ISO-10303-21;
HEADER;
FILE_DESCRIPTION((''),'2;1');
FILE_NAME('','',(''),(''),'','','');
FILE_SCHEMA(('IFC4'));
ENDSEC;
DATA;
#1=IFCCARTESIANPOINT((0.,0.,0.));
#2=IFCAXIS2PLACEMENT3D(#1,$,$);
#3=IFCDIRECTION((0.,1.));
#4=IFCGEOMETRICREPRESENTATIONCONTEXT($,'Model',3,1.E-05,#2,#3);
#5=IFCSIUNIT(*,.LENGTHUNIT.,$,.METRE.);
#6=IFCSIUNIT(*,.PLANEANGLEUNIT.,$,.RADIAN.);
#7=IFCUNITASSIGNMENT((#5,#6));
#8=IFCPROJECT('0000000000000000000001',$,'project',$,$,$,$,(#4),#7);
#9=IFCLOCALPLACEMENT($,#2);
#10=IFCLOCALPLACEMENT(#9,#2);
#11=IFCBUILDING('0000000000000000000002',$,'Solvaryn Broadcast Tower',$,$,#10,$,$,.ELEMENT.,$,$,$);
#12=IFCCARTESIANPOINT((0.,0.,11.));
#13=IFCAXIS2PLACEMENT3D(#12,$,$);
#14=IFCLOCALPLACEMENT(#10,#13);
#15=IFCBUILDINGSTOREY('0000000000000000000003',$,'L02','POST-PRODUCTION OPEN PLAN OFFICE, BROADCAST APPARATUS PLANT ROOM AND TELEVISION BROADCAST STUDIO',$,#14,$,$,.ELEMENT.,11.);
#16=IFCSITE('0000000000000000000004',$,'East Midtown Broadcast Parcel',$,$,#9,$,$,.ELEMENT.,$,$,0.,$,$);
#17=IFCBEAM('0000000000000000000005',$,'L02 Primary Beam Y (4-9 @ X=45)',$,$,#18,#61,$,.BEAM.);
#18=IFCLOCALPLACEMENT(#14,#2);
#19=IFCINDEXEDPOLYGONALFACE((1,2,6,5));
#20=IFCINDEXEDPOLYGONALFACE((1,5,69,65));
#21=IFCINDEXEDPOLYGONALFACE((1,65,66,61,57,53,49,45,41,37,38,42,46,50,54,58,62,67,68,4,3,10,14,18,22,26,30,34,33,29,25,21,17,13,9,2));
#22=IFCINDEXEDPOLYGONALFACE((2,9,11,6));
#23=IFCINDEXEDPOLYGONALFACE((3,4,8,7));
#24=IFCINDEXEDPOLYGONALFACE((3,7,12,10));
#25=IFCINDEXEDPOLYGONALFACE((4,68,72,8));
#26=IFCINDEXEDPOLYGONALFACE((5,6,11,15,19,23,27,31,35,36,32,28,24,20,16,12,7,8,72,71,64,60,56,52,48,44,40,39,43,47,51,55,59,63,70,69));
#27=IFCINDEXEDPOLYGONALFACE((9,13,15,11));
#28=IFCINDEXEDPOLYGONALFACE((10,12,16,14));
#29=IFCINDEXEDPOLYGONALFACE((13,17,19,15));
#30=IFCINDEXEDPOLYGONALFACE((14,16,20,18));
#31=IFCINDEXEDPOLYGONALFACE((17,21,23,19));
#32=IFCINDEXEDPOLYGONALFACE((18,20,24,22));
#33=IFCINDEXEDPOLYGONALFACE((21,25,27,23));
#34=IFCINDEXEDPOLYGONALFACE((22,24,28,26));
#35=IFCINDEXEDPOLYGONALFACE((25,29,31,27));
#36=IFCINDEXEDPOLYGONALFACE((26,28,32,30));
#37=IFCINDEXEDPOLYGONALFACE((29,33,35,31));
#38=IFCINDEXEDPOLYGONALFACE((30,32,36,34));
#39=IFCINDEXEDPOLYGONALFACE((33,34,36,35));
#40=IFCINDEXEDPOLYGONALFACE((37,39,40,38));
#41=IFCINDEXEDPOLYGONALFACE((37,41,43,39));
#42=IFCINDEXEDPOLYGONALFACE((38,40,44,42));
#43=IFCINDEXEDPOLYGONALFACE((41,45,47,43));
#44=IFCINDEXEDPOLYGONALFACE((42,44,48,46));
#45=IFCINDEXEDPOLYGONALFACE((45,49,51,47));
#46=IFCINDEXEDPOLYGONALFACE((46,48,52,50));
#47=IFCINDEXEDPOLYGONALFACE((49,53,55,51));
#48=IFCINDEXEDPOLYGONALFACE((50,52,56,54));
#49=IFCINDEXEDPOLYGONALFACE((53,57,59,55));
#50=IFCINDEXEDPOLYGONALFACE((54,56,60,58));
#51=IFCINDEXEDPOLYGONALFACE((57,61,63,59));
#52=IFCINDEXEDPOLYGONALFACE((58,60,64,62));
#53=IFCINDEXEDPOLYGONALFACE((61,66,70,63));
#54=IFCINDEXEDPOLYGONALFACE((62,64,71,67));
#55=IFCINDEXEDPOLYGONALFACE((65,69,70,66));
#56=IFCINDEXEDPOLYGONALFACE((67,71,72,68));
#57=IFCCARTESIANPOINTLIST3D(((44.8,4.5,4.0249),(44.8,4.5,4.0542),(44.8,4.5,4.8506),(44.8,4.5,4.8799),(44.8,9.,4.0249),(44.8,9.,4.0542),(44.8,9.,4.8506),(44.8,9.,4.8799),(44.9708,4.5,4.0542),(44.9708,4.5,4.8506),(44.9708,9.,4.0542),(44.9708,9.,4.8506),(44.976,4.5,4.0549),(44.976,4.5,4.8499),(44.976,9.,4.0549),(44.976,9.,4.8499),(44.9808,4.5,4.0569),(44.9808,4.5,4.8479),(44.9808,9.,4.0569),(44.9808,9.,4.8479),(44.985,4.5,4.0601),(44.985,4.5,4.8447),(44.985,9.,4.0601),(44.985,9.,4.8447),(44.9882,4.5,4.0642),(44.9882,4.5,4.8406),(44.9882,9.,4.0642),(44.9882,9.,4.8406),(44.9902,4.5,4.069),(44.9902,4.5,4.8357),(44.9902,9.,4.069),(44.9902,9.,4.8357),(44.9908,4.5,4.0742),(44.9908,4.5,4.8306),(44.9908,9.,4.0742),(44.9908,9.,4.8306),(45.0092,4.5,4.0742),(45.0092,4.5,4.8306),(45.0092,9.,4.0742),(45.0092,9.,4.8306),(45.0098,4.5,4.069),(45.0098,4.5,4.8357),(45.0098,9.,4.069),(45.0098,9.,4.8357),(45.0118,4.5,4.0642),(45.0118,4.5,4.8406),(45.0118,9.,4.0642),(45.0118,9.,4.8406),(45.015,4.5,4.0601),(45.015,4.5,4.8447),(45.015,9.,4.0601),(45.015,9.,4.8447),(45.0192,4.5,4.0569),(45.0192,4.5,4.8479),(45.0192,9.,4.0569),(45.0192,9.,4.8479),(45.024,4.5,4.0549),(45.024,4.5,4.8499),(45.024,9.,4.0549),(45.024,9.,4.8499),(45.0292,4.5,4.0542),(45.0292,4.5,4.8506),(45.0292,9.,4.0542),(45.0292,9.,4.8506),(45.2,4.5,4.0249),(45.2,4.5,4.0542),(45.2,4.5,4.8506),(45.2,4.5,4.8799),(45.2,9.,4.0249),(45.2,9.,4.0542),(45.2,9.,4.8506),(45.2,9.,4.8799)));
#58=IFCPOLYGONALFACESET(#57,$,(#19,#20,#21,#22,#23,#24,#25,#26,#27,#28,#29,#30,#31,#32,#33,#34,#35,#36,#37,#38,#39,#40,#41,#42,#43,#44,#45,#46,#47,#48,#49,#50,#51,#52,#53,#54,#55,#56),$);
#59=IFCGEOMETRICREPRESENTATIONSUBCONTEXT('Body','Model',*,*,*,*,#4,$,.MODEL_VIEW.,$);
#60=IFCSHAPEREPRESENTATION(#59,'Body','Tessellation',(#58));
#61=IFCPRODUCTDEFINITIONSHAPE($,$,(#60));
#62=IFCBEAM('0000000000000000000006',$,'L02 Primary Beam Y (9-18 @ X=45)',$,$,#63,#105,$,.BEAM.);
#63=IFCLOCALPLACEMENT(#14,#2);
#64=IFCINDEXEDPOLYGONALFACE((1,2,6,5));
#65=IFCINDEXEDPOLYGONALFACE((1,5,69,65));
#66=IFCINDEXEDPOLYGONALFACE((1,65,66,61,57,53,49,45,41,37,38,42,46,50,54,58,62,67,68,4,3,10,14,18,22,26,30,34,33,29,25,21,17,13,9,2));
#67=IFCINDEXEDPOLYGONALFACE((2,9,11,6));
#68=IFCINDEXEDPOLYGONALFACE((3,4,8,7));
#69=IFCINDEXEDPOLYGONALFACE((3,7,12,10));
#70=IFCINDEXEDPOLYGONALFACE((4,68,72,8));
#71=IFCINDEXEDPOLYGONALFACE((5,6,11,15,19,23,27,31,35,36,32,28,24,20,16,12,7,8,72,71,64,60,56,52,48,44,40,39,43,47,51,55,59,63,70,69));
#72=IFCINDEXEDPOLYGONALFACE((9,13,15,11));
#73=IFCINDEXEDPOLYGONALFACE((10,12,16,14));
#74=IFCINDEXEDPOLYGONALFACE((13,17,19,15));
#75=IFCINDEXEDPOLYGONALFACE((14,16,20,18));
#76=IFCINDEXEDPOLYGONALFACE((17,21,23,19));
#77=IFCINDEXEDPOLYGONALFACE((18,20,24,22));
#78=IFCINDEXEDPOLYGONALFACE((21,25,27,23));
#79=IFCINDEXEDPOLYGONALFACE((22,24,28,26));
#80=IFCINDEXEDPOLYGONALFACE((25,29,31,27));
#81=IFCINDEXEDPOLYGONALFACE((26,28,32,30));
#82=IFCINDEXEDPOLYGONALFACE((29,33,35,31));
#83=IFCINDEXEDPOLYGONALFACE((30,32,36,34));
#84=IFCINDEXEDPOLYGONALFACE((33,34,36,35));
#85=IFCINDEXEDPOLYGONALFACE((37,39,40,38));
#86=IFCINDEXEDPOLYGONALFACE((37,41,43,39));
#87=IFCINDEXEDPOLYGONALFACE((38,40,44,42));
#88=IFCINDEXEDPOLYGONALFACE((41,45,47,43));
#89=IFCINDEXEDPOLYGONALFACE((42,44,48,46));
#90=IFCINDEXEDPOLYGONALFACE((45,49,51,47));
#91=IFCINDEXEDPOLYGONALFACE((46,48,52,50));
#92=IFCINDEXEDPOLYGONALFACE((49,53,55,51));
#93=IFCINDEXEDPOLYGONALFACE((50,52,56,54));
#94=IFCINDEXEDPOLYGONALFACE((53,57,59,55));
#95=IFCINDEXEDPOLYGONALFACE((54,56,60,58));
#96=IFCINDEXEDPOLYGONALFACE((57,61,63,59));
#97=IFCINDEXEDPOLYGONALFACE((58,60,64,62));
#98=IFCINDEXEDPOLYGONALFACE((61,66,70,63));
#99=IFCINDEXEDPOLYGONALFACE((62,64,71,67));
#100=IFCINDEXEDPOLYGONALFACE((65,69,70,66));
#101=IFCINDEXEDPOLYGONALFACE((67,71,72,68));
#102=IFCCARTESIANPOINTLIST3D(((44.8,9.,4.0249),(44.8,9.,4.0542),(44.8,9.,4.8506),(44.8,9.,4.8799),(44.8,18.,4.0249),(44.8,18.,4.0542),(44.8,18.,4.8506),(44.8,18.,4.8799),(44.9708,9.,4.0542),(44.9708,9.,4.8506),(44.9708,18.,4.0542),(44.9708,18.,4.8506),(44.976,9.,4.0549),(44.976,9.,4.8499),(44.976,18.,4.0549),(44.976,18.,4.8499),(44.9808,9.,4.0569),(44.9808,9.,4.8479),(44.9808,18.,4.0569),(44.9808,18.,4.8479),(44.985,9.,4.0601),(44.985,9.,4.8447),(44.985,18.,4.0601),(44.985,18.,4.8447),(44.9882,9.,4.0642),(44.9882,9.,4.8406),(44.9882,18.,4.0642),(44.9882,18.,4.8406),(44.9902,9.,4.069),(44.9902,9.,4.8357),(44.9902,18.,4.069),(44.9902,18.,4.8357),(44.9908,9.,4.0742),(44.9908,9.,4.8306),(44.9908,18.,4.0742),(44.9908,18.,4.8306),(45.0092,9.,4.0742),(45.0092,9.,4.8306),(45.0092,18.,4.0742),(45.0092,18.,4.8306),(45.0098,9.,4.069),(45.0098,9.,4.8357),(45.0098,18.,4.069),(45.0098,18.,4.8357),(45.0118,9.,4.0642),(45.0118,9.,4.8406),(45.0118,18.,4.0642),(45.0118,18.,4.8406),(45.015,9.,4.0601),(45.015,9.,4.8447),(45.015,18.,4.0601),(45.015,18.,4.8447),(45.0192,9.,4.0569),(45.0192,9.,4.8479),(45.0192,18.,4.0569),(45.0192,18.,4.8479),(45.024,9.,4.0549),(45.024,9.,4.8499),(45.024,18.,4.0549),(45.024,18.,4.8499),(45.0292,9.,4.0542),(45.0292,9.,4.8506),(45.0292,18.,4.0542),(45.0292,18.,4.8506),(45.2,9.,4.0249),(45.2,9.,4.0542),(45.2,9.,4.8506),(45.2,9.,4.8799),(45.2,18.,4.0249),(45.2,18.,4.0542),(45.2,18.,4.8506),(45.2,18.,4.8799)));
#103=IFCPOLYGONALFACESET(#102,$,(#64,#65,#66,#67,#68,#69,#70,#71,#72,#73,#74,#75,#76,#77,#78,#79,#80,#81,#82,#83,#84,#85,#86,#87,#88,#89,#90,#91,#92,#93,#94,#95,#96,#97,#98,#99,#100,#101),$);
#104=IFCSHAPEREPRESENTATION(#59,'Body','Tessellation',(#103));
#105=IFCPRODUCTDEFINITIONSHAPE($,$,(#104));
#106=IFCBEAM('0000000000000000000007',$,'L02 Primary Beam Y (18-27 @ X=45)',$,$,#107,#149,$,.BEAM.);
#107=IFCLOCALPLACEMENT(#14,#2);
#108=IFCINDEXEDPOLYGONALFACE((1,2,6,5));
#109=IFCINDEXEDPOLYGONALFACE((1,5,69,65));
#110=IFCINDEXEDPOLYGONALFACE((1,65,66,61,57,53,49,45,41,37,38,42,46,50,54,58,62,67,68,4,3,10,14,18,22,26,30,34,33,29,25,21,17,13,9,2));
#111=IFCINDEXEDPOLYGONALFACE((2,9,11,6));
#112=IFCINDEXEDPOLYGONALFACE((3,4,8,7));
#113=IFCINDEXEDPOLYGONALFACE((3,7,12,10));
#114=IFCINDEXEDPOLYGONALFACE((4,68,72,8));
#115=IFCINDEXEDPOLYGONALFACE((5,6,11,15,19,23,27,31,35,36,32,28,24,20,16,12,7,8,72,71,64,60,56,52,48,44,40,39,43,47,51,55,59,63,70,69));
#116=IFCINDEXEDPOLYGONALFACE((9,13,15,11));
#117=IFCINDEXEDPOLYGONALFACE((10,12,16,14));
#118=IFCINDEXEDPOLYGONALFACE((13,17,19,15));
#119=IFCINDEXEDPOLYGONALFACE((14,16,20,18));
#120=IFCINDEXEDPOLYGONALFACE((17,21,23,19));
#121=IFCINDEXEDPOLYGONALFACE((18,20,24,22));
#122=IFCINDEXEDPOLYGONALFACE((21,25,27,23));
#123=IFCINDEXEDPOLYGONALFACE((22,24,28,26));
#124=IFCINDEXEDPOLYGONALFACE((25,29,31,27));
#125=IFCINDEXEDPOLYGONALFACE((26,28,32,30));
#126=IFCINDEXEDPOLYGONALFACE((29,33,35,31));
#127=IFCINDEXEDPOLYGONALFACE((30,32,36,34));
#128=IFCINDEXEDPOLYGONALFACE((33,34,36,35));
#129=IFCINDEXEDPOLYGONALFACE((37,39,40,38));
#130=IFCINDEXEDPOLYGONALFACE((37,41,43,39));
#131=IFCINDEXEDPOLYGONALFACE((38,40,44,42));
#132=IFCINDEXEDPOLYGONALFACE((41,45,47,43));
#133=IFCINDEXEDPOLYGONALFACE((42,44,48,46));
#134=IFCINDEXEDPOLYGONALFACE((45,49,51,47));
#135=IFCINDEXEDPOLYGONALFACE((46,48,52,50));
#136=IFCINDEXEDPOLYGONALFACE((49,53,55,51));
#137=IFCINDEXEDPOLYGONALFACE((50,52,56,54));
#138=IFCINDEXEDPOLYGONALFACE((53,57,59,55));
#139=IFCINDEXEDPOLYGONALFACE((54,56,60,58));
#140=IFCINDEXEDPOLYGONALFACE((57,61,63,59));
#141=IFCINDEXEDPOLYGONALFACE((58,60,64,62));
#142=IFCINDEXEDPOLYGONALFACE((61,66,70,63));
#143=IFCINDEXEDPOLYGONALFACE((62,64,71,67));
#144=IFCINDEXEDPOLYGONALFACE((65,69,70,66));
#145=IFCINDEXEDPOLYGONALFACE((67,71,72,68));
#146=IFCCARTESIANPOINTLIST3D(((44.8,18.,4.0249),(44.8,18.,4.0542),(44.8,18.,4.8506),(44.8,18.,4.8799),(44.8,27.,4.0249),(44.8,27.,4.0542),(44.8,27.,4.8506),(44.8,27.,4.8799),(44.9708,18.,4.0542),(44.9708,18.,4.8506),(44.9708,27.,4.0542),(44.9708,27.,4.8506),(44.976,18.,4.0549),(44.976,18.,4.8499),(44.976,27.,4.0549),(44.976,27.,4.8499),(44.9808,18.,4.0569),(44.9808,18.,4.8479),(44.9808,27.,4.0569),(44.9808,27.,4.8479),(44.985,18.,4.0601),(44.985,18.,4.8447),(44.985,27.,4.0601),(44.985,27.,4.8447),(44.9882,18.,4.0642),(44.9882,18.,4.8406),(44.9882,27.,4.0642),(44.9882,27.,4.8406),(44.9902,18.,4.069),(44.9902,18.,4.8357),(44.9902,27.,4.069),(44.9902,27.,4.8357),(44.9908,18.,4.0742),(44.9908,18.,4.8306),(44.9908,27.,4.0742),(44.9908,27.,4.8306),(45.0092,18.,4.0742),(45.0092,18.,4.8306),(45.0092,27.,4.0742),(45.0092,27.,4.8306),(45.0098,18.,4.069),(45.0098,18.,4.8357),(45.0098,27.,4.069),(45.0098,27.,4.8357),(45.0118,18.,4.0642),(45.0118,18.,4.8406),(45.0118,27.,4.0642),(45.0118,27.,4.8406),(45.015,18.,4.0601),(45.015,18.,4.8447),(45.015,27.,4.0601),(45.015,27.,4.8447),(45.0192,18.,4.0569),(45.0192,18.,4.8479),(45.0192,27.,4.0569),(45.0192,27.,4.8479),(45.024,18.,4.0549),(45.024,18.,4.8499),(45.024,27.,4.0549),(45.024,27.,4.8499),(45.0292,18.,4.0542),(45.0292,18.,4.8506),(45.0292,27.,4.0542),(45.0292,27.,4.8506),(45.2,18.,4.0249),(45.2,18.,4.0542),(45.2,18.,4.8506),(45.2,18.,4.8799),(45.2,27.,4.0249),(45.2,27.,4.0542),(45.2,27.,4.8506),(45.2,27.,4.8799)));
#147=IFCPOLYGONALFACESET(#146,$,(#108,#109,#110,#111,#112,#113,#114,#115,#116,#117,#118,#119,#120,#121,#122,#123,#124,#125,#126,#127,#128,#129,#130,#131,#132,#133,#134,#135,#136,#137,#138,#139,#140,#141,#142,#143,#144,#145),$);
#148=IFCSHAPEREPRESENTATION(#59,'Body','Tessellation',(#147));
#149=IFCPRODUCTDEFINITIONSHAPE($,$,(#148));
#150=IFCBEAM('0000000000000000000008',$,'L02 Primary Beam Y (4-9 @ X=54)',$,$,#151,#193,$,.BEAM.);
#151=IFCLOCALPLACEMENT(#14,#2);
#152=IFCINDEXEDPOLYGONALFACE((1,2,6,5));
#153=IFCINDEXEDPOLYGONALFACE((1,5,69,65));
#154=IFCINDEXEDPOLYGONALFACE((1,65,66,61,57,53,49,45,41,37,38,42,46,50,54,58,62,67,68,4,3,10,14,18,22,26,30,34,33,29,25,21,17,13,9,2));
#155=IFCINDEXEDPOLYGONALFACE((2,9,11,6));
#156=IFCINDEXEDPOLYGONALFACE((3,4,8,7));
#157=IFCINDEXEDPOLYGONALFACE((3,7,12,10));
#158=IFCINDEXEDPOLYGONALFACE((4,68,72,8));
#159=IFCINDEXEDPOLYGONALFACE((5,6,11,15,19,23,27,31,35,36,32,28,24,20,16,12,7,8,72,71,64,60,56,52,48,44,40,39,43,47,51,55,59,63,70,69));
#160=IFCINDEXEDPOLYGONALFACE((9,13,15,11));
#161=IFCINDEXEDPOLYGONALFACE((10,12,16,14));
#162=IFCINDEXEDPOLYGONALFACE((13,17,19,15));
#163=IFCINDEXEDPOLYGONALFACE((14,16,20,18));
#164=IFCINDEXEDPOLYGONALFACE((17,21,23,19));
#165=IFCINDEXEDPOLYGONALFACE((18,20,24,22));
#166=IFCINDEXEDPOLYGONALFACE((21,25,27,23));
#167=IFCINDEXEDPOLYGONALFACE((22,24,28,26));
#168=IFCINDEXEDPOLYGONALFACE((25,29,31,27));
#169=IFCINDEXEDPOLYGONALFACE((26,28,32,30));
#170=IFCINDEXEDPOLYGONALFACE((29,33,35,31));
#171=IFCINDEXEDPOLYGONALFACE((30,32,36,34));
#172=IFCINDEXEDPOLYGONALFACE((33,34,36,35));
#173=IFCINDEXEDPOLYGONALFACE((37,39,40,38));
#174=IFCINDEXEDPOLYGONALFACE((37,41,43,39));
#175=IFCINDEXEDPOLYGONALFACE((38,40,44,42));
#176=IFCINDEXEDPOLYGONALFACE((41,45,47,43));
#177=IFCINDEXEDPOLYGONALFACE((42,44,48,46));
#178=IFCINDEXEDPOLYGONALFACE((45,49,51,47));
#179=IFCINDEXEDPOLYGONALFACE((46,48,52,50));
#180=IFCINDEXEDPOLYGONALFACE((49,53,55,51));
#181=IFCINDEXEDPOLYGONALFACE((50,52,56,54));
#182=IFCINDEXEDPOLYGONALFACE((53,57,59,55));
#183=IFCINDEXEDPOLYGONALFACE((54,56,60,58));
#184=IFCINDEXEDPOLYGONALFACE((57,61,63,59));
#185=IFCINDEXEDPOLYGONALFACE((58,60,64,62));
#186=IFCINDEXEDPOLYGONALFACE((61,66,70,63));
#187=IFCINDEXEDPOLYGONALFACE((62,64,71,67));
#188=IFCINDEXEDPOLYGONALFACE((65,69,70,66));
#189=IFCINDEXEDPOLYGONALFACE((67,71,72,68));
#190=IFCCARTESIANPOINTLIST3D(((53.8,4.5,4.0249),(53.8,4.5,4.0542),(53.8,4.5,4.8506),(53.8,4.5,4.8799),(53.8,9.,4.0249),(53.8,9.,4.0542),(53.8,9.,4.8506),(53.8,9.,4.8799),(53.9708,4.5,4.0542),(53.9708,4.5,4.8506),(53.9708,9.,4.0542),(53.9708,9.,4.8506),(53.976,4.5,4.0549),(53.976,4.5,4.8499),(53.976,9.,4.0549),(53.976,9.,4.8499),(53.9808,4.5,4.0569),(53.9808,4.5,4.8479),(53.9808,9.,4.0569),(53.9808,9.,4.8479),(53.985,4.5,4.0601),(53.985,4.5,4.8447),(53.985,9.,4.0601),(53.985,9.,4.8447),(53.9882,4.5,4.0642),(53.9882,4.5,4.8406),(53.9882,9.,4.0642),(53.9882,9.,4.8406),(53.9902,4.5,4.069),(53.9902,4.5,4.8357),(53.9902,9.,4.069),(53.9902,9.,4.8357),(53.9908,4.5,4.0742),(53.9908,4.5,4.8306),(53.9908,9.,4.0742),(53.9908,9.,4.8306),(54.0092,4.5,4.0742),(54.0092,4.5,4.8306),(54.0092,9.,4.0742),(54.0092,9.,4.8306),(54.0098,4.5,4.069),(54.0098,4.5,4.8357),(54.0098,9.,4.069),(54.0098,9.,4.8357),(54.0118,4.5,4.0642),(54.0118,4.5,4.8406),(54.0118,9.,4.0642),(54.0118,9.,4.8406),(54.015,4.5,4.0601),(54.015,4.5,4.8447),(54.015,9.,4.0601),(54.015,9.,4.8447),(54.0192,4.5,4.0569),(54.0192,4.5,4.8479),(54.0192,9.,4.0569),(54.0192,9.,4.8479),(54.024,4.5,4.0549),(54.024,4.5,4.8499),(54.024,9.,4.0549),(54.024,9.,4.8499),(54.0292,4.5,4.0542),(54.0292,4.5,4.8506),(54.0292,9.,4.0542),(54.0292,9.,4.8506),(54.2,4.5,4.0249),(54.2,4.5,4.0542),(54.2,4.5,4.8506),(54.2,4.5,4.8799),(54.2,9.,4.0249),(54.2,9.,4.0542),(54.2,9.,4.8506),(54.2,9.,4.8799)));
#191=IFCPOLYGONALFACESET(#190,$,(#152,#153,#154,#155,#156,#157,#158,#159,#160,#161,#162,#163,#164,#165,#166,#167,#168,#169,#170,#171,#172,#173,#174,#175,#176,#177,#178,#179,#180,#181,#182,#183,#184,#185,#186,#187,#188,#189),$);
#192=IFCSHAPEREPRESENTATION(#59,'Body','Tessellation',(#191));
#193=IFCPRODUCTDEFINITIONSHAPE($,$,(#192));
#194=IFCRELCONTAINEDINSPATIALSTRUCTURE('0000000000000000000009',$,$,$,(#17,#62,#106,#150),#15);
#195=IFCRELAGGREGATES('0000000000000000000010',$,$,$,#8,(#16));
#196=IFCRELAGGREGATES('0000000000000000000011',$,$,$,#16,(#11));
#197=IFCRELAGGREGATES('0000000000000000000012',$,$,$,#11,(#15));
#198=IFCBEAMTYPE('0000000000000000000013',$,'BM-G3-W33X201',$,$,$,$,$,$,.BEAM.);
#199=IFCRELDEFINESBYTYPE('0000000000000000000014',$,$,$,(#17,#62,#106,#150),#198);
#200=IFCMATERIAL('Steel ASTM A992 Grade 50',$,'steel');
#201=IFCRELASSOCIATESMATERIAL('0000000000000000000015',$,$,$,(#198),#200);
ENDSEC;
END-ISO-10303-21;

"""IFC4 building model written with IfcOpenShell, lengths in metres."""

from ifc_helpers import new_model, si_unit, direction, frame, origin, origin_2d, place, context, subcontext, project, spatial, i_section, extrude, material, material_profile, profile_set, type_object, element, save


model = new_model("IFC4")

# Units and contexts
model_context = context("Model", 3, precision=1e-05, world=origin(), true_north=direction((0.0, 1.0)))
body_context = subcontext(model_context, "Body", "Model", "MODEL_VIEW")
ifc_project = project(units=[si_unit("LENGTHUNIT", "METRE"), si_unit("PLANEANGLEUNIT", "RADIAN")], contexts=[model_context])

# Site, building, storey
site_placement = place(None, origin())
site = spatial("IfcSite", under=ifc_project, at=site_placement, Name="East Midtown Broadcast Parcel", CompositionType="ELEMENT", RefElevation=0.0)
building_placement = place(site_placement, origin())
building = spatial("IfcBuilding", under=site, at=building_placement, Name="Solvaryn Broadcast Tower", CompositionType="ELEMENT")
storey_placement = place(building_placement, frame((0.0, 0.0, 11.0)))
storey = spatial("IfcBuildingStorey", under=building, at=storey_placement, Name="L02", Description="POST-PRODUCTION OPEN PLAN OFFICE, BROADCAST APPARATUS PLANT ROOM AND TELEVISION BROADCAST STUDIO", CompositionType="ELEMENT", Elevation=11.0)

# Beams
ifc_material_1 = material(Name="Steel ASTM A992 Grade 50", Category="steel")
ifc_material_profile_1 = material_profile(ifc_material_1, i_section(OverallWidth=0.3999, OverallDepth=0.855, WebThickness=0.0183, FlangeThickness=0.0293, FilletRadius=0.02, at=origin_2d()))
ifc_profile_set_1 = profile_set([ifc_material_profile_1], Name="Steel ASTM A992 Grade 50")
beam_type_1 = type_object("IfcBeamType", Name="BM-G3-W33X201", PredefinedType="BEAM", material=ifc_profile_set_1)
beam_1_placement = place(storey_placement, frame((45.0, 4.5, 4.4524), z_axis=(0.0, 1.0, 0.0), x_axis=(-1.0, 0.0, 0.0)))
element("IfcBeam", 1, at=beam_1_placement, inside=storey, type_object=beam_type_1, Name="L02 Primary Beam Y (4-9 @ X=45)", PredefinedType="BEAM", context=body_context, shape_type="SweptSolid", body=[
    extrude(i_section(OverallWidth=0.3999, OverallDepth=0.855, WebThickness=0.0183, FlangeThickness=0.0293, FilletRadius=0.02, at=origin_2d()), origin(), (0.0, 0.0, 1.0), 4.5),
])
for number, where, z_axis, x_axis, name in (
    (2, (45.0, 9.0, 4.4524), (0.0, 1.0, 0.0), (-1.0, 0.0, 0.0), "L02 Primary Beam Y (9-18 @ X=45)"),
    (3, (45.0, 18.0, 4.4524), (0.0, 1.0, 0.0), (-1.0, 0.0, 0.0), "L02 Primary Beam Y (18-27 @ X=45)"),
):
    element("IfcBeam", number, at=place(storey_placement, frame(where, z_axis=z_axis, x_axis=x_axis)), inside=storey, type_object=beam_type_1, Name=name, PredefinedType="BEAM", context=body_context, shape_type="SweptSolid", body=[
        extrude(i_section(OverallWidth=0.3999, OverallDepth=0.855, WebThickness=0.0183, FlangeThickness=0.0293, FilletRadius=0.02, at=origin_2d()), origin(), (0.0, 0.0, 1.0), 9.0),
    ])
beam_2_placement = place(storey_placement, frame((54.0, 4.5, 4.4524), z_axis=(0.0, 1.0, 0.0), x_axis=(-1.0, 0.0, 0.0)))
element("IfcBeam", 4, at=beam_2_placement, inside=storey, type_object=beam_type_1, Name="L02 Primary Beam Y (4-9 @ X=54)", PredefinedType="BEAM", context=body_context, shape_type="SweptSolid", body=[
    extrude(i_section(OverallWidth=0.3999, OverallDepth=0.855, WebThickness=0.0183, FlangeThickness=0.0293, FilletRadius=0.02, at=origin_2d()), origin(), (0.0, 0.0, 1.0), 4.5),
])

save(model, "model.ifc")
